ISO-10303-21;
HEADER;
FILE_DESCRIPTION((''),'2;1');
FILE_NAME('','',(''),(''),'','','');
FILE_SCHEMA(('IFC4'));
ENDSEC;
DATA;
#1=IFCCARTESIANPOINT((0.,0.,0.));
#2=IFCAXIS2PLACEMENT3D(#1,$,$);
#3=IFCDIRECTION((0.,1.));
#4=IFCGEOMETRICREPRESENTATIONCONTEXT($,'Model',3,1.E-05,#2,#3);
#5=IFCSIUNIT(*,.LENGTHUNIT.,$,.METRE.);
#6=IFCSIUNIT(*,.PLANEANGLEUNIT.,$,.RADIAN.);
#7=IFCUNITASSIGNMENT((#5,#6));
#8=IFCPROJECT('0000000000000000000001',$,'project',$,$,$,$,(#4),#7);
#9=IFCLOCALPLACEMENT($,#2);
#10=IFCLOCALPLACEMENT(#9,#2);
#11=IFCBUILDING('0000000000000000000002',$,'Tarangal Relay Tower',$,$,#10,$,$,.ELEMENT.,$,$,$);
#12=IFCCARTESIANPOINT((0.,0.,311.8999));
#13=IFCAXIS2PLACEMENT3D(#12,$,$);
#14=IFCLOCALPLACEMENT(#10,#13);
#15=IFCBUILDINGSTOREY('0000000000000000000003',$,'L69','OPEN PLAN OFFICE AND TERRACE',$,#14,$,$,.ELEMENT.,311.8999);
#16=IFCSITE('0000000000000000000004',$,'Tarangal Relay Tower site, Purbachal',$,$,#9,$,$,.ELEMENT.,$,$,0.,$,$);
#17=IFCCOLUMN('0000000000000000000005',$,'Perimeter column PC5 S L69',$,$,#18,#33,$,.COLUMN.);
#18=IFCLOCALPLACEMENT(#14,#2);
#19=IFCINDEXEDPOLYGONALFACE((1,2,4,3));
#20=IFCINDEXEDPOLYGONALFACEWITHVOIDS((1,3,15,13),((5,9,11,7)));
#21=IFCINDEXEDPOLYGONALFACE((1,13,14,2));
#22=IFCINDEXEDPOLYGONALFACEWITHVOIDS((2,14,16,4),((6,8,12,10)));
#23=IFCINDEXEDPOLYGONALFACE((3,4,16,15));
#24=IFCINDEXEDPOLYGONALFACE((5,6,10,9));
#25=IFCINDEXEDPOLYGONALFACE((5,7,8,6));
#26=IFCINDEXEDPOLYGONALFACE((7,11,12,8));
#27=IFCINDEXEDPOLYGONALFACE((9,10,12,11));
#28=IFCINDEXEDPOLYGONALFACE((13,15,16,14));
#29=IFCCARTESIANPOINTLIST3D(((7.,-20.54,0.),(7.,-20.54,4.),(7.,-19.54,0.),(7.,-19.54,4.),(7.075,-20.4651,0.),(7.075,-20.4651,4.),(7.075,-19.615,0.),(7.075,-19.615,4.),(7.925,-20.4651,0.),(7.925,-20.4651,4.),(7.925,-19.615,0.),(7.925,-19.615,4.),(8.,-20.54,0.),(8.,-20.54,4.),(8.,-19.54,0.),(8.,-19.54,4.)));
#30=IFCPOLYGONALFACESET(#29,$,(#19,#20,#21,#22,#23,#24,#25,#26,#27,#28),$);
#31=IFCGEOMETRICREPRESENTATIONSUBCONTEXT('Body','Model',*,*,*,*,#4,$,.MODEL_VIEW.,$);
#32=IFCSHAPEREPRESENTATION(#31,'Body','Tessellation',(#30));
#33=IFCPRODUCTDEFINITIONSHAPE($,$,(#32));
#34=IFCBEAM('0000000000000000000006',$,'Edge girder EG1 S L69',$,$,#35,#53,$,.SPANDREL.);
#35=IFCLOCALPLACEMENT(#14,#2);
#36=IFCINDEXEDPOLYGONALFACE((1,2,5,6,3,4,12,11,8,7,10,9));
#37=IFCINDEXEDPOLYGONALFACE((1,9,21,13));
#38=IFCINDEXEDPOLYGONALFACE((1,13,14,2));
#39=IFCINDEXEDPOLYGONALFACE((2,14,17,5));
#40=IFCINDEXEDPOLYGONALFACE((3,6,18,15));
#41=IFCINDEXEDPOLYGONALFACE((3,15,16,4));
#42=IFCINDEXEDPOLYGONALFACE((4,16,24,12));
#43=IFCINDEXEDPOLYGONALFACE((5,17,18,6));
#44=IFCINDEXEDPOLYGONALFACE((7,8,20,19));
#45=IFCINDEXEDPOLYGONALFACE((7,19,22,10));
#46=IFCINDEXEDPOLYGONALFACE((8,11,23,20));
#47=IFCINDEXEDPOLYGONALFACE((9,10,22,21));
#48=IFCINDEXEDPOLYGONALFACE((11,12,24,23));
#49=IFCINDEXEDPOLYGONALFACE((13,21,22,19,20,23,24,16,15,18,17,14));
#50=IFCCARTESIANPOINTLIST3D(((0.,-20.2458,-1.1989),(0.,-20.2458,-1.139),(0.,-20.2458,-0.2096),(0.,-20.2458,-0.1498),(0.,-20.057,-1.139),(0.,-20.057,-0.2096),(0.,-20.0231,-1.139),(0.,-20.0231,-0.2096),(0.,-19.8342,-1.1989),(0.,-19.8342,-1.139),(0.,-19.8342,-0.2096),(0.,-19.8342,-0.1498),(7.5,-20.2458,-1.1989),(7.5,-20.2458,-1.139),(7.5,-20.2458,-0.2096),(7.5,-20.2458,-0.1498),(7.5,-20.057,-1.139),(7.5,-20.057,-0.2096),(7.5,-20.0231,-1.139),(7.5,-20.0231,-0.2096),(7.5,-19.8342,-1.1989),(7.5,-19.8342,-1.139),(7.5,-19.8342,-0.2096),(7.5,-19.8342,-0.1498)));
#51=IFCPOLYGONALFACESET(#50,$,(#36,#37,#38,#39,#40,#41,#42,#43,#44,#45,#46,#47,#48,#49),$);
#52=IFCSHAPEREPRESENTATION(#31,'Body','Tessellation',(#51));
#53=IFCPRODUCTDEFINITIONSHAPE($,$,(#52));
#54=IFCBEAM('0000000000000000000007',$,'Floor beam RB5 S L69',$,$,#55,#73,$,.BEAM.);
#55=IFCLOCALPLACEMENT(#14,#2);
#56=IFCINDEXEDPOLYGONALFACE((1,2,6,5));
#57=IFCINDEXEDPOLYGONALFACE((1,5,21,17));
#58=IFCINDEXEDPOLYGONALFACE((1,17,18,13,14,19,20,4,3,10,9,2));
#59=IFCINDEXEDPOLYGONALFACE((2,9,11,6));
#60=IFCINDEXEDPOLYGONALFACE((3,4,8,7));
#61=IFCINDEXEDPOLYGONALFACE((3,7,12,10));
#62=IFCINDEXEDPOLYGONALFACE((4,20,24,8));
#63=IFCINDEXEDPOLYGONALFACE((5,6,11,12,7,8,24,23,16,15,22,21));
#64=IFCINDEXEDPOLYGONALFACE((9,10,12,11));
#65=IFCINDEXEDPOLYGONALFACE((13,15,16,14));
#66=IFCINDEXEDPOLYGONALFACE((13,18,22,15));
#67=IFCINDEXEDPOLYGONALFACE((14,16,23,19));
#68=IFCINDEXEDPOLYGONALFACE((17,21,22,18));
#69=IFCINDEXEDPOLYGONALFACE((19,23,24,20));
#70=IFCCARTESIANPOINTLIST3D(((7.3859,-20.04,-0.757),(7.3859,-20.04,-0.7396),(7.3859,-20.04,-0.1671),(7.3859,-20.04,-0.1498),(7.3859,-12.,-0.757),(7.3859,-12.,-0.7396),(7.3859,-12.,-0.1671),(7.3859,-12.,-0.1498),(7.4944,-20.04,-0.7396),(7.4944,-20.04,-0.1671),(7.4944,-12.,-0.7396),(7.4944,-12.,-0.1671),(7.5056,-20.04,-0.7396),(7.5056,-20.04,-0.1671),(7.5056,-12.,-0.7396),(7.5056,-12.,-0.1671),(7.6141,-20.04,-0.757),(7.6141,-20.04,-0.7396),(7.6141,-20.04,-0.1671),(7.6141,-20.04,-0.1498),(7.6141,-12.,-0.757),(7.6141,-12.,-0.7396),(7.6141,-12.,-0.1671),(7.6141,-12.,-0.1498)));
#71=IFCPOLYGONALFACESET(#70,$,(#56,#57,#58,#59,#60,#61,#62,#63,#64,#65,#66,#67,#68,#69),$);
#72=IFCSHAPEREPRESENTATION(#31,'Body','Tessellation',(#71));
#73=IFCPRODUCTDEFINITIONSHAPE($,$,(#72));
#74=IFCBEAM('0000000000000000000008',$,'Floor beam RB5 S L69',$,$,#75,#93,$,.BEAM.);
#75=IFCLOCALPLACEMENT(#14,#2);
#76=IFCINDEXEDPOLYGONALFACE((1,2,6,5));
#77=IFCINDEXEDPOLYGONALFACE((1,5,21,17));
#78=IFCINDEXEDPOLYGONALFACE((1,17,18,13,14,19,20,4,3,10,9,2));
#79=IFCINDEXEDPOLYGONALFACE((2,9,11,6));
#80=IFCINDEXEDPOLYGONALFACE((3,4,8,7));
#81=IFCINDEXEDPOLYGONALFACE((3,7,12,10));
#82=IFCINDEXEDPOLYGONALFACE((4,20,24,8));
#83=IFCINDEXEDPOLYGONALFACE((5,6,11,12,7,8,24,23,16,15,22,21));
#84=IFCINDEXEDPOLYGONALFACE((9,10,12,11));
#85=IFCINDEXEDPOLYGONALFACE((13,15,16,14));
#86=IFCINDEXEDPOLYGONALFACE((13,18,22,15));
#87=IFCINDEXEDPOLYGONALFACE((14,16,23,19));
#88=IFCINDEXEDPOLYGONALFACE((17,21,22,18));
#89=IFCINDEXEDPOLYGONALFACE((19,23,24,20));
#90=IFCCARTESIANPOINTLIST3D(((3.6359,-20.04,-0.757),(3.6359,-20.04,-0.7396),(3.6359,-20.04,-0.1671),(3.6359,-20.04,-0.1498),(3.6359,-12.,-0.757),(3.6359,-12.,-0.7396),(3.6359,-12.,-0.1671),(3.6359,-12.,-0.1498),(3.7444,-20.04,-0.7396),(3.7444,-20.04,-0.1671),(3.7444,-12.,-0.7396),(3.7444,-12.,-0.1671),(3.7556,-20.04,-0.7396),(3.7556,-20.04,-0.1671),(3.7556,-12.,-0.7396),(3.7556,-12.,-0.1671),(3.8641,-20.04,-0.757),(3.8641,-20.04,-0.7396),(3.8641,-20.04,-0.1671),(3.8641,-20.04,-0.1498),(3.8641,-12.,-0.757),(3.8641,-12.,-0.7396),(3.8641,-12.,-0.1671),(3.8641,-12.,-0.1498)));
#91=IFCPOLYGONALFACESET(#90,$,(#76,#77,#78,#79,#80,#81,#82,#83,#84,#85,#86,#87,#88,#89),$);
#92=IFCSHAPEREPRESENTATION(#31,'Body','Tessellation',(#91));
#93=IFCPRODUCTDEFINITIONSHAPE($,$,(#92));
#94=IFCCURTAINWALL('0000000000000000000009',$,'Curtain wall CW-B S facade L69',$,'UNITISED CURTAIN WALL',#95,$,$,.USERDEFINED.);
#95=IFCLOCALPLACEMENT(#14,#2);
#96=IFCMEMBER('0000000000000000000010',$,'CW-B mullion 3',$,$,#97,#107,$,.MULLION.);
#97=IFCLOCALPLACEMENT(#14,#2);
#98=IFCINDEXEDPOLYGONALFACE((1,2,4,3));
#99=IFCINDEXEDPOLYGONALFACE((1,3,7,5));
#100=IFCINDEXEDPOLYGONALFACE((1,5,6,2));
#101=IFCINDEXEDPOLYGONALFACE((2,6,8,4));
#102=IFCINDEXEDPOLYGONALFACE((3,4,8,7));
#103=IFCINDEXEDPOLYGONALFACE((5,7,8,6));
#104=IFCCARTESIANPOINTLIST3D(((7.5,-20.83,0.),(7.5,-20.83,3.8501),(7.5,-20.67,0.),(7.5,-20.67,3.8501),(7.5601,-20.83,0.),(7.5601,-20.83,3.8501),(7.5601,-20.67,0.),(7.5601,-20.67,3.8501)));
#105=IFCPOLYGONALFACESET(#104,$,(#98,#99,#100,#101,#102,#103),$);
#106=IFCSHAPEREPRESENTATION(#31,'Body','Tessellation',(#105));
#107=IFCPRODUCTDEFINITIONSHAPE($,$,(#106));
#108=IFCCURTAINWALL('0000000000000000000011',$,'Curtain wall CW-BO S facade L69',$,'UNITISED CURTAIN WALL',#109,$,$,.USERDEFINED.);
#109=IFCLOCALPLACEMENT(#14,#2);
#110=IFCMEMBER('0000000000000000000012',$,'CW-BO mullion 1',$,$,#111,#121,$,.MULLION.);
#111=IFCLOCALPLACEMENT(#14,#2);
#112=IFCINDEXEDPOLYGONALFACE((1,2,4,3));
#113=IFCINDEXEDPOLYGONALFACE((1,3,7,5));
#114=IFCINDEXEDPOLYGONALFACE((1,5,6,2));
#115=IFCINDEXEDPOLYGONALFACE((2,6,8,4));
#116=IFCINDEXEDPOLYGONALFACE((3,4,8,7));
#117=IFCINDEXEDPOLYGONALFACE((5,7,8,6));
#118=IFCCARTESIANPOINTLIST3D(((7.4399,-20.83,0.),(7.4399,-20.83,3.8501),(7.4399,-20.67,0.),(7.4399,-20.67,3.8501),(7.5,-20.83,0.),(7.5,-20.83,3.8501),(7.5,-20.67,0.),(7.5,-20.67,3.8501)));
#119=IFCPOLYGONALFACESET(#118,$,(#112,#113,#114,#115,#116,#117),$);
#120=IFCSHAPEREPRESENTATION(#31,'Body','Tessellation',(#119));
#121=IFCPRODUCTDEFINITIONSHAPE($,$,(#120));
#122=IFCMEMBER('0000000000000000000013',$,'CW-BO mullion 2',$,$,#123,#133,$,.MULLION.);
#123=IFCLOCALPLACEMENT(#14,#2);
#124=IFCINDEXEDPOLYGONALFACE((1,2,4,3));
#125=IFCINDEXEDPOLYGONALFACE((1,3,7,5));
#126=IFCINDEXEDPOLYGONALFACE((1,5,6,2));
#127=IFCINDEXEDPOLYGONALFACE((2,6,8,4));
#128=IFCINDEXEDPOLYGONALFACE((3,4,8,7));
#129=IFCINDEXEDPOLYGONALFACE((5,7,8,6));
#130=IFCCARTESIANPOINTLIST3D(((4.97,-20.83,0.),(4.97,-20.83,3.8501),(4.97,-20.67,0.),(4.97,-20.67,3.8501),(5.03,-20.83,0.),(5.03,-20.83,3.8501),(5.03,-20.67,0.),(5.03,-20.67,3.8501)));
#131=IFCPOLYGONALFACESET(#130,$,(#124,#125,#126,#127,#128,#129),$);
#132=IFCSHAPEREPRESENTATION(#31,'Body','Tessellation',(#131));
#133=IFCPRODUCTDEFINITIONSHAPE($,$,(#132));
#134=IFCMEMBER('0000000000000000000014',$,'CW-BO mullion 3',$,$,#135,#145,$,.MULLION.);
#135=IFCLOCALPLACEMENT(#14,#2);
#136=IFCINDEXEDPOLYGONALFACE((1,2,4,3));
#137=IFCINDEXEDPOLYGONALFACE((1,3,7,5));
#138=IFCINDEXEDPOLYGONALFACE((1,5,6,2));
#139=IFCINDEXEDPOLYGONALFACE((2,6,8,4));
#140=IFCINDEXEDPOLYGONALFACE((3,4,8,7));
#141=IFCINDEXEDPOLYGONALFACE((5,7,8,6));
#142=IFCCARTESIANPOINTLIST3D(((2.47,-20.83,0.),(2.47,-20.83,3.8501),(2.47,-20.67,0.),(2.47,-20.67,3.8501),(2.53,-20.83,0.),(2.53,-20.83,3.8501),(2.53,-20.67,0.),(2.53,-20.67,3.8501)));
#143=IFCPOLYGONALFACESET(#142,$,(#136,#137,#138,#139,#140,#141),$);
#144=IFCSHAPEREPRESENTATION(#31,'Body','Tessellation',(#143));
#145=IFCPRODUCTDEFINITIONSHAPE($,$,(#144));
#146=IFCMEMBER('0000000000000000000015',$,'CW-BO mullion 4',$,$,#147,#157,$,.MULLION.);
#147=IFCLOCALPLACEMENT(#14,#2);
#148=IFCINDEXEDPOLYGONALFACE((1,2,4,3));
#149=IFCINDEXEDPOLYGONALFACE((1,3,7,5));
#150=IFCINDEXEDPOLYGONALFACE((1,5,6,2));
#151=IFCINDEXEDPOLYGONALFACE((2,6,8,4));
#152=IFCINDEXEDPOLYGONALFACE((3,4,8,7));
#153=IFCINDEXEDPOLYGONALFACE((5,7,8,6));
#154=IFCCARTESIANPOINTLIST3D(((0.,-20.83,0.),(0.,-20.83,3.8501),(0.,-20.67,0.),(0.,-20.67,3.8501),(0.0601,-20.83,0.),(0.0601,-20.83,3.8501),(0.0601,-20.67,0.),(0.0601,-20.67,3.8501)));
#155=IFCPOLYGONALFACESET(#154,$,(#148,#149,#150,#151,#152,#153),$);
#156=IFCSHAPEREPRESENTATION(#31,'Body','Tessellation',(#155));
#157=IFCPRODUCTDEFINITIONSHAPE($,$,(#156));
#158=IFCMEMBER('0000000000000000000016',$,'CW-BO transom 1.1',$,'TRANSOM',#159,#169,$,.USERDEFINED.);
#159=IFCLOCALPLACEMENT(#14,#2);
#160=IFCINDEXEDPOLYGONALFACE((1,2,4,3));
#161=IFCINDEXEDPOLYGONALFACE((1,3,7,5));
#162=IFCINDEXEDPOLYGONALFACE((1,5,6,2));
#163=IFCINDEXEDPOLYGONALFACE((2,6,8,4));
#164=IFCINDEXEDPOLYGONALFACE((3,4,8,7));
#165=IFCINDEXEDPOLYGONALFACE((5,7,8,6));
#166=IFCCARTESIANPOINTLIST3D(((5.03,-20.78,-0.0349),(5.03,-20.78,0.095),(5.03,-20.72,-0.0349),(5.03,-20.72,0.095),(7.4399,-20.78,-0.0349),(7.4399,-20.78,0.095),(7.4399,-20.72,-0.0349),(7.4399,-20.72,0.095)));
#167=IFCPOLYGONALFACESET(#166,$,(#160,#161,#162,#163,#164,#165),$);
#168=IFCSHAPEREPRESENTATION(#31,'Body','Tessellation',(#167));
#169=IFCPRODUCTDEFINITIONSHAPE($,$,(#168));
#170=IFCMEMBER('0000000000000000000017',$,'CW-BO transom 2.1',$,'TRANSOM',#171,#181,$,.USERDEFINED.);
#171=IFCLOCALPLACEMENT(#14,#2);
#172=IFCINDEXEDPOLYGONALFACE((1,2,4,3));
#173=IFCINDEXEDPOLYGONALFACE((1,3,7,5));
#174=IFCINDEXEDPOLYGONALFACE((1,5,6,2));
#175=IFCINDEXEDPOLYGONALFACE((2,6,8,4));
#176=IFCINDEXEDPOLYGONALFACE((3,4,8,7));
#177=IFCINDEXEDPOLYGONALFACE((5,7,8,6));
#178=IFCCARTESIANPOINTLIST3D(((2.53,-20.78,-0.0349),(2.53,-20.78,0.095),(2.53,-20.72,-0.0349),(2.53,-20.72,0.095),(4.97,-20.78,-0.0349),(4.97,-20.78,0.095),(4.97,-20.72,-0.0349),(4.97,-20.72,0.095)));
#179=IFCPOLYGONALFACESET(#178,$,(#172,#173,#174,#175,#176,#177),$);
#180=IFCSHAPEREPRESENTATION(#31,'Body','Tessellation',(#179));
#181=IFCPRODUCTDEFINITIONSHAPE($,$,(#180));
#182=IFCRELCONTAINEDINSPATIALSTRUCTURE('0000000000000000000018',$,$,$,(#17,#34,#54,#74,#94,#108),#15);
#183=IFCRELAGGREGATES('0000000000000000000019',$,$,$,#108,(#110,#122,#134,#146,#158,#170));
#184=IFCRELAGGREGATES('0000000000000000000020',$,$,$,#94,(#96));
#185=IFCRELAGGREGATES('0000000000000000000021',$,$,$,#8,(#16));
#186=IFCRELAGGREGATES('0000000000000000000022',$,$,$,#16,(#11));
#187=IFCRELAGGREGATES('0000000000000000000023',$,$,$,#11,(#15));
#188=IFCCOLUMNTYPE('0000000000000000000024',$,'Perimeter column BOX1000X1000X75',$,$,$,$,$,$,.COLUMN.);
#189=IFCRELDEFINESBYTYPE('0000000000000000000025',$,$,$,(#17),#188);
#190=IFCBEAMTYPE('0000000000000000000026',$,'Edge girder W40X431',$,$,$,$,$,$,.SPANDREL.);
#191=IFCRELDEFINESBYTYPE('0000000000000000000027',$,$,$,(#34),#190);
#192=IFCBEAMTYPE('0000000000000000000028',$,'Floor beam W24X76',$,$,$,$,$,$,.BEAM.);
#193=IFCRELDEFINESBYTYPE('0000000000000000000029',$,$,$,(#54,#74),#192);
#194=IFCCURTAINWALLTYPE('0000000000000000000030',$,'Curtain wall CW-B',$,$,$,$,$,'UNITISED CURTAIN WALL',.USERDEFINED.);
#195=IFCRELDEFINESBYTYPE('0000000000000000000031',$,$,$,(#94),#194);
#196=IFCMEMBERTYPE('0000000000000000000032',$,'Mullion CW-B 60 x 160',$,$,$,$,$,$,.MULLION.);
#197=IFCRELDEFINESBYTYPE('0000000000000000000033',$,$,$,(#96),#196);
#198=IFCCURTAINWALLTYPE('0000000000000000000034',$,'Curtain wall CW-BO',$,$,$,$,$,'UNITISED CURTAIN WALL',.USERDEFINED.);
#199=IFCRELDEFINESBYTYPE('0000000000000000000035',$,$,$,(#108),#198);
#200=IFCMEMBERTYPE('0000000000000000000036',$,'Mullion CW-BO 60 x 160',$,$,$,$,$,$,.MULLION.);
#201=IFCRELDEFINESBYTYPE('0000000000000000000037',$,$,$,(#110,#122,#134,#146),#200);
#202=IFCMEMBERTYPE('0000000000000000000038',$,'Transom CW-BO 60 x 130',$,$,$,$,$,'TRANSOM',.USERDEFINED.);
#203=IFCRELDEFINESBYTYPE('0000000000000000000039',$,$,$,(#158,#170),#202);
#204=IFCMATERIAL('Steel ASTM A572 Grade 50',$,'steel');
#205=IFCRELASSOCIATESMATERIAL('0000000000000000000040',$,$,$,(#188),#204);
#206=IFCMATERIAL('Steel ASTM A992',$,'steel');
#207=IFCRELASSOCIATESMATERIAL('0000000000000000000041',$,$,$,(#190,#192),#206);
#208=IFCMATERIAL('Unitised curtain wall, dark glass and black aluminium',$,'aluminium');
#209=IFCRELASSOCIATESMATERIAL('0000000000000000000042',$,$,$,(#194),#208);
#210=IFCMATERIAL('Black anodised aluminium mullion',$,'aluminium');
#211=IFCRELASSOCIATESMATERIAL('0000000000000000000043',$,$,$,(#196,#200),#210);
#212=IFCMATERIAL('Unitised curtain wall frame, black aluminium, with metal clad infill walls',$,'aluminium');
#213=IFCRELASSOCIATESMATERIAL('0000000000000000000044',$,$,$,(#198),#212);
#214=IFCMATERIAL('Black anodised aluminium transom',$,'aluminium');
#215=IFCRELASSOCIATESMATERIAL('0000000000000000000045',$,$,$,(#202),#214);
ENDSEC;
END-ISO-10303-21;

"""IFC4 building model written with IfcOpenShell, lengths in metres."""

from ifc_helpers import new_model, si_unit, direction, frame, origin, origin_2d, place, context, subcontext, project, spatial, rectangle, hollow_rectangle, i_section, extrude, material, material_profile, profile_set, type_object, element, aggregate, save


model = new_model("IFC4")

# Units and contexts
model_context = context("Model", 3, precision=1e-05, world=origin(), true_north=direction((0.0, 1.0)))
body_context = subcontext(model_context, "Body", "Model", "MODEL_VIEW")
ifc_project = project(units=[si_unit("LENGTHUNIT", "METRE"), si_unit("PLANEANGLEUNIT", "RADIAN")], contexts=[model_context])

# Site, building, storey
site_placement = place(None, origin())
site = spatial("IfcSite", under=ifc_project, at=site_placement, Name="Tarangal Relay Tower site, Purbachal", CompositionType="ELEMENT", RefElevation=0.0)
building_placement = place(site_placement, origin())
building = spatial("IfcBuilding", under=site, at=building_placement, Name="Tarangal Relay Tower", CompositionType="ELEMENT")
storey_placement = place(building_placement, frame((0.0, 0.0, 311.8999)))
storey = spatial("IfcBuildingStorey", under=building, at=storey_placement, Name="L69", Description="OPEN PLAN OFFICE AND TERRACE", CompositionType="ELEMENT", Elevation=311.8999)

# Column
ifc_material_1 = material(Name="Steel ASTM A572 Grade 50", Category="steel")
ifc_material_profile_1 = material_profile(ifc_material_1, hollow_rectangle(XDim=1.0, YDim=1.0, WallThickness=0.075, at=origin_2d()), Name="BOX1000X1000X75")
ifc_profile_set_1 = profile_set([ifc_material_profile_1], Name="Steel ASTM A572 Grade 50")
column_type = type_object("IfcColumnType", Name="Perimeter column BOX1000X1000X75", PredefinedType="COLUMN", material=ifc_profile_set_1)
column_placement = place(storey_placement, frame((7.5, -20.04, 0.0), z_axis=(0.0, 0.0, 1.0), x_axis=(1.0, 0.0, 0.0)))
element("IfcColumn", 1, at=column_placement, inside=storey, type_object=column_type, Name="Perimeter column PC5 S L69", PredefinedType="COLUMN", context=body_context, shape_type="SweptSolid", body=[
    extrude(hollow_rectangle(XDim=1.0, YDim=1.0, WallThickness=0.075, at=origin_2d()), origin(), (0.0, 0.0, 1.0), 4.0),
])

# Beams
ifc_material_2 = material(Name="Steel ASTM A992", Category="steel")
ifc_material_profile_2 = material_profile(ifc_material_2, i_section(OverallWidth=0.4116, OverallDepth=1.0491, WebThickness=0.0339, FlangeThickness=0.0598, at=origin_2d()), Name="W40X431")
ifc_profile_set_2 = profile_set([ifc_material_profile_2], Name="Steel ASTM A992")
beam_type_1 = type_object("IfcBeamType", Name="Edge girder W40X431", PredefinedType="SPANDREL", material=ifc_profile_set_2)
beam_placement = place(storey_placement, frame((7.5, -20.04, -0.6743), z_axis=(-1.0, 0.0, 0.0), x_axis=(0.0, -1.0, 0.0)))
element("IfcBeam", 2, at=beam_placement, inside=storey, type_object=beam_type_1, Name="Edge girder EG1 S L69", PredefinedType="SPANDREL", context=body_context, shape_type="SweptSolid", body=[
    extrude(i_section(OverallWidth=0.4116, OverallDepth=1.0491, WebThickness=0.0339, FlangeThickness=0.0598, at=origin_2d()), origin(), (0.0, 0.0, 1.0), 7.5),
])
ifc_material_profile_3 = material_profile(ifc_material_2, i_section(OverallWidth=0.2283, OverallDepth=0.6072, WebThickness=0.0112, FlangeThickness=0.0173, at=origin_2d()), Name="W24X76")
ifc_profile_set_3 = profile_set([ifc_material_profile_3], Name="Steel ASTM A992")
beam_type_2 = type_object("IfcBeamType", Name="Floor beam W24X76", PredefinedType="BEAM", material=ifc_profile_set_3)
for number, where, z_axis, x_axis, name in (
    (3, (7.5, -12.0, -0.4534), (0.0, -1.0, 0.0), (1.0, 0.0, 0.0), "Floor beam RB5 S L69"),
    (4, (3.75, -12.0, -0.4534), (0.0, -1.0, 0.0), (1.0, 0.0, 0.0), "Floor beam RB5 S L69"),
):
    element("IfcBeam", number, at=place(storey_placement, frame(where, z_axis=z_axis, x_axis=x_axis)), inside=storey, type_object=beam_type_2, Name=name, PredefinedType="BEAM", context=body_context, shape_type="SweptSolid", body=[
        extrude(i_section(OverallWidth=0.2283, OverallDepth=0.6072, WebThickness=0.0112, FlangeThickness=0.0173, at=origin_2d()), origin(), (0.0, 0.0, 1.0), 8.04),
    ])

# Curtain wall, member
ifc_material_3 = material(Name="Unitised curtain wall, dark glass and black aluminium", Category="aluminium")
curtain_wall_type_1 = type_object("IfcCurtainWallType", Name="Curtain wall CW-B", ElementType="UNITISED CURTAIN WALL", PredefinedType="USERDEFINED", material=ifc_material_3)
curtain_wall_1_placement = place(storey_placement, origin())
curtain_wall_1 = element("IfcCurtainWall", 5, at=curtain_wall_1_placement, inside=storey, type_object=curtain_wall_type_1, Name="Curtain wall CW-B S facade L69", ObjectType="UNITISED CURTAIN WALL", PredefinedType="USERDEFINED")
ifc_material_4 = material(Name="Black anodised aluminium mullion", Category="aluminium")
ifc_material_profile_4 = material_profile(ifc_material_4, rectangle(XDim=0.1599, YDim=0.0601, at=origin_2d()), Name="CW-BM 60X160")
ifc_profile_set_4 = profile_set([ifc_material_profile_4], Name="Black anodised aluminium mullion")
member_type_1 = type_object("IfcMemberType", Name="Mullion CW-B 60 x 160", PredefinedType="MULLION", material=ifc_profile_set_4)
member_1_placement = place(storey_placement, frame((7.53, -20.75, 0.0), z_axis=(0.0, 0.0, 1.0), x_axis=(0.0, -1.0, 0.0)))
member_1 = element("IfcMember", 6, at=member_1_placement, type_object=member_type_1, Name="CW-B mullion 3", PredefinedType="MULLION", context=body_context, shape_type="SweptSolid", body=[
    extrude(rectangle(XDim=0.1599, YDim=0.0601, at=origin_2d()), origin(), (0.0, 0.0, 1.0), 3.8501),
])

# Curtain wall, members
ifc_material_5 = material(Name="Unitised curtain wall frame, black aluminium, with metal clad infill walls", Category="aluminium")
curtain_wall_type_2 = type_object("IfcCurtainWallType", Name="Curtain wall CW-BO", ElementType="UNITISED CURTAIN WALL", PredefinedType="USERDEFINED", material=ifc_material_5)
curtain_wall_2_placement = place(storey_placement, origin())
curtain_wall_2 = element("IfcCurtainWall", 7, at=curtain_wall_2_placement, inside=storey, type_object=curtain_wall_type_2, Name="Curtain wall CW-BO S facade L69", ObjectType="UNITISED CURTAIN WALL", PredefinedType="USERDEFINED")
ifc_material_profile_5 = material_profile(ifc_material_4, rectangle(XDim=0.1599, YDim=0.0601, at=origin_2d()), Name="CW-BOM 60X160")
ifc_profile_set_5 = profile_set([ifc_material_profile_5], Name="Black anodised aluminium mullion")
member_type_2 = type_object("IfcMemberType", Name="Mullion CW-BO 60 x 160", PredefinedType="MULLION", material=ifc_profile_set_5)
member_2_placement = place(storey_placement, frame((7.47, -20.75, 0.0), z_axis=(0.0, 0.0, 1.0), x_axis=(0.0, -1.0, 0.0)))
member_2 = element("IfcMember", 8, at=member_2_placement, type_object=member_type_2, Name="CW-BO mullion 1", PredefinedType="MULLION", context=body_context, shape_type="SweptSolid", body=[
    extrude(rectangle(XDim=0.1599, YDim=0.0601, at=origin_2d()), origin(), (0.0, 0.0, 1.0), 3.8501),
])
member_3_placement = place(storey_placement, frame((5.0, -20.75, 0.0), z_axis=(0.0, 0.0, 1.0), x_axis=(0.0, -1.0, 0.0)))
member_3 = element("IfcMember", 9, at=member_3_placement, type_object=member_type_2, Name="CW-BO mullion 2", PredefinedType="MULLION", context=body_context, shape_type="SweptSolid", body=[
    extrude(rectangle(XDim=0.1599, YDim=0.0601, at=origin_2d()), origin(), (0.0, 0.0, 1.0), 3.8501),
])
member_4_placement = place(storey_placement, frame((2.5, -20.75, 0.0), z_axis=(0.0, 0.0, 1.0), x_axis=(0.0, -1.0, 0.0)))
member_4 = element("IfcMember", 10, at=member_4_placement, type_object=member_type_2, Name="CW-BO mullion 3", PredefinedType="MULLION", context=body_context, shape_type="SweptSolid", body=[
    extrude(rectangle(XDim=0.1599, YDim=0.0601, at=origin_2d()), origin(), (0.0, 0.0, 1.0), 3.8501),
])
member_5_placement = place(storey_placement, frame((0.03, -20.75, 0.0), z_axis=(0.0, 0.0, 1.0), x_axis=(0.0, -1.0, 0.0)))
member_5 = element("IfcMember", 11, at=member_5_placement, type_object=member_type_2, Name="CW-BO mullion 4", PredefinedType="MULLION", context=body_context, shape_type="SweptSolid", body=[
    extrude(rectangle(XDim=0.1599, YDim=0.0601, at=origin_2d()), origin(), (0.0, 0.0, 1.0), 3.8501),
])
ifc_material_6 = material(Name="Black anodised aluminium transom", Category="aluminium")
ifc_material_profile_6 = material_profile(ifc_material_6, rectangle(XDim=0.0601, YDim=0.1299, at=origin_2d()), Name="CW-BOT 60X130")
ifc_profile_set_6 = profile_set([ifc_material_profile_6], Name="Black anodised aluminium transom")
member_type_3 = type_object("IfcMemberType", Name="Transom CW-BO 60 x 130", ElementType="TRANSOM", PredefinedType="USERDEFINED", material=ifc_profile_set_6)
member_6_placement = place(storey_placement, frame((7.4399, -20.75, 0.03), z_axis=(-1.0, 0.0, 0.0), x_axis=(0.0, -1.0, 0.0)))
member_6 = element("IfcMember", 12, at=member_6_placement, type_object=member_type_3, Name="CW-BO transom 1.1", ObjectType="TRANSOM", PredefinedType="USERDEFINED", context=body_context, shape_type="SweptSolid", body=[
    extrude(rectangle(XDim=0.0601, YDim=0.1299, at=origin_2d()), origin(), (0.0, 0.0, 1.0), 2.4099),
])
member_7_placement = place(storey_placement, frame((4.97, -20.75, 0.03), z_axis=(-1.0, 0.0, 0.0), x_axis=(0.0, -1.0, 0.0)))
member_7 = element("IfcMember", 13, at=member_7_placement, type_object=member_type_3, Name="CW-BO transom 2.1", ObjectType="TRANSOM", PredefinedType="USERDEFINED", context=body_context, shape_type="SweptSolid", body=[
    extrude(rectangle(XDim=0.0601, YDim=0.1299, at=origin_2d()), origin(), (0.0, 0.0, 1.0), 2.4399),
])
aggregate(curtain_wall_2, [member_2, member_3, member_4, member_5, member_6, member_7])

aggregate(curtain_wall_1, [member_1])

save(model, "model.ifc")
